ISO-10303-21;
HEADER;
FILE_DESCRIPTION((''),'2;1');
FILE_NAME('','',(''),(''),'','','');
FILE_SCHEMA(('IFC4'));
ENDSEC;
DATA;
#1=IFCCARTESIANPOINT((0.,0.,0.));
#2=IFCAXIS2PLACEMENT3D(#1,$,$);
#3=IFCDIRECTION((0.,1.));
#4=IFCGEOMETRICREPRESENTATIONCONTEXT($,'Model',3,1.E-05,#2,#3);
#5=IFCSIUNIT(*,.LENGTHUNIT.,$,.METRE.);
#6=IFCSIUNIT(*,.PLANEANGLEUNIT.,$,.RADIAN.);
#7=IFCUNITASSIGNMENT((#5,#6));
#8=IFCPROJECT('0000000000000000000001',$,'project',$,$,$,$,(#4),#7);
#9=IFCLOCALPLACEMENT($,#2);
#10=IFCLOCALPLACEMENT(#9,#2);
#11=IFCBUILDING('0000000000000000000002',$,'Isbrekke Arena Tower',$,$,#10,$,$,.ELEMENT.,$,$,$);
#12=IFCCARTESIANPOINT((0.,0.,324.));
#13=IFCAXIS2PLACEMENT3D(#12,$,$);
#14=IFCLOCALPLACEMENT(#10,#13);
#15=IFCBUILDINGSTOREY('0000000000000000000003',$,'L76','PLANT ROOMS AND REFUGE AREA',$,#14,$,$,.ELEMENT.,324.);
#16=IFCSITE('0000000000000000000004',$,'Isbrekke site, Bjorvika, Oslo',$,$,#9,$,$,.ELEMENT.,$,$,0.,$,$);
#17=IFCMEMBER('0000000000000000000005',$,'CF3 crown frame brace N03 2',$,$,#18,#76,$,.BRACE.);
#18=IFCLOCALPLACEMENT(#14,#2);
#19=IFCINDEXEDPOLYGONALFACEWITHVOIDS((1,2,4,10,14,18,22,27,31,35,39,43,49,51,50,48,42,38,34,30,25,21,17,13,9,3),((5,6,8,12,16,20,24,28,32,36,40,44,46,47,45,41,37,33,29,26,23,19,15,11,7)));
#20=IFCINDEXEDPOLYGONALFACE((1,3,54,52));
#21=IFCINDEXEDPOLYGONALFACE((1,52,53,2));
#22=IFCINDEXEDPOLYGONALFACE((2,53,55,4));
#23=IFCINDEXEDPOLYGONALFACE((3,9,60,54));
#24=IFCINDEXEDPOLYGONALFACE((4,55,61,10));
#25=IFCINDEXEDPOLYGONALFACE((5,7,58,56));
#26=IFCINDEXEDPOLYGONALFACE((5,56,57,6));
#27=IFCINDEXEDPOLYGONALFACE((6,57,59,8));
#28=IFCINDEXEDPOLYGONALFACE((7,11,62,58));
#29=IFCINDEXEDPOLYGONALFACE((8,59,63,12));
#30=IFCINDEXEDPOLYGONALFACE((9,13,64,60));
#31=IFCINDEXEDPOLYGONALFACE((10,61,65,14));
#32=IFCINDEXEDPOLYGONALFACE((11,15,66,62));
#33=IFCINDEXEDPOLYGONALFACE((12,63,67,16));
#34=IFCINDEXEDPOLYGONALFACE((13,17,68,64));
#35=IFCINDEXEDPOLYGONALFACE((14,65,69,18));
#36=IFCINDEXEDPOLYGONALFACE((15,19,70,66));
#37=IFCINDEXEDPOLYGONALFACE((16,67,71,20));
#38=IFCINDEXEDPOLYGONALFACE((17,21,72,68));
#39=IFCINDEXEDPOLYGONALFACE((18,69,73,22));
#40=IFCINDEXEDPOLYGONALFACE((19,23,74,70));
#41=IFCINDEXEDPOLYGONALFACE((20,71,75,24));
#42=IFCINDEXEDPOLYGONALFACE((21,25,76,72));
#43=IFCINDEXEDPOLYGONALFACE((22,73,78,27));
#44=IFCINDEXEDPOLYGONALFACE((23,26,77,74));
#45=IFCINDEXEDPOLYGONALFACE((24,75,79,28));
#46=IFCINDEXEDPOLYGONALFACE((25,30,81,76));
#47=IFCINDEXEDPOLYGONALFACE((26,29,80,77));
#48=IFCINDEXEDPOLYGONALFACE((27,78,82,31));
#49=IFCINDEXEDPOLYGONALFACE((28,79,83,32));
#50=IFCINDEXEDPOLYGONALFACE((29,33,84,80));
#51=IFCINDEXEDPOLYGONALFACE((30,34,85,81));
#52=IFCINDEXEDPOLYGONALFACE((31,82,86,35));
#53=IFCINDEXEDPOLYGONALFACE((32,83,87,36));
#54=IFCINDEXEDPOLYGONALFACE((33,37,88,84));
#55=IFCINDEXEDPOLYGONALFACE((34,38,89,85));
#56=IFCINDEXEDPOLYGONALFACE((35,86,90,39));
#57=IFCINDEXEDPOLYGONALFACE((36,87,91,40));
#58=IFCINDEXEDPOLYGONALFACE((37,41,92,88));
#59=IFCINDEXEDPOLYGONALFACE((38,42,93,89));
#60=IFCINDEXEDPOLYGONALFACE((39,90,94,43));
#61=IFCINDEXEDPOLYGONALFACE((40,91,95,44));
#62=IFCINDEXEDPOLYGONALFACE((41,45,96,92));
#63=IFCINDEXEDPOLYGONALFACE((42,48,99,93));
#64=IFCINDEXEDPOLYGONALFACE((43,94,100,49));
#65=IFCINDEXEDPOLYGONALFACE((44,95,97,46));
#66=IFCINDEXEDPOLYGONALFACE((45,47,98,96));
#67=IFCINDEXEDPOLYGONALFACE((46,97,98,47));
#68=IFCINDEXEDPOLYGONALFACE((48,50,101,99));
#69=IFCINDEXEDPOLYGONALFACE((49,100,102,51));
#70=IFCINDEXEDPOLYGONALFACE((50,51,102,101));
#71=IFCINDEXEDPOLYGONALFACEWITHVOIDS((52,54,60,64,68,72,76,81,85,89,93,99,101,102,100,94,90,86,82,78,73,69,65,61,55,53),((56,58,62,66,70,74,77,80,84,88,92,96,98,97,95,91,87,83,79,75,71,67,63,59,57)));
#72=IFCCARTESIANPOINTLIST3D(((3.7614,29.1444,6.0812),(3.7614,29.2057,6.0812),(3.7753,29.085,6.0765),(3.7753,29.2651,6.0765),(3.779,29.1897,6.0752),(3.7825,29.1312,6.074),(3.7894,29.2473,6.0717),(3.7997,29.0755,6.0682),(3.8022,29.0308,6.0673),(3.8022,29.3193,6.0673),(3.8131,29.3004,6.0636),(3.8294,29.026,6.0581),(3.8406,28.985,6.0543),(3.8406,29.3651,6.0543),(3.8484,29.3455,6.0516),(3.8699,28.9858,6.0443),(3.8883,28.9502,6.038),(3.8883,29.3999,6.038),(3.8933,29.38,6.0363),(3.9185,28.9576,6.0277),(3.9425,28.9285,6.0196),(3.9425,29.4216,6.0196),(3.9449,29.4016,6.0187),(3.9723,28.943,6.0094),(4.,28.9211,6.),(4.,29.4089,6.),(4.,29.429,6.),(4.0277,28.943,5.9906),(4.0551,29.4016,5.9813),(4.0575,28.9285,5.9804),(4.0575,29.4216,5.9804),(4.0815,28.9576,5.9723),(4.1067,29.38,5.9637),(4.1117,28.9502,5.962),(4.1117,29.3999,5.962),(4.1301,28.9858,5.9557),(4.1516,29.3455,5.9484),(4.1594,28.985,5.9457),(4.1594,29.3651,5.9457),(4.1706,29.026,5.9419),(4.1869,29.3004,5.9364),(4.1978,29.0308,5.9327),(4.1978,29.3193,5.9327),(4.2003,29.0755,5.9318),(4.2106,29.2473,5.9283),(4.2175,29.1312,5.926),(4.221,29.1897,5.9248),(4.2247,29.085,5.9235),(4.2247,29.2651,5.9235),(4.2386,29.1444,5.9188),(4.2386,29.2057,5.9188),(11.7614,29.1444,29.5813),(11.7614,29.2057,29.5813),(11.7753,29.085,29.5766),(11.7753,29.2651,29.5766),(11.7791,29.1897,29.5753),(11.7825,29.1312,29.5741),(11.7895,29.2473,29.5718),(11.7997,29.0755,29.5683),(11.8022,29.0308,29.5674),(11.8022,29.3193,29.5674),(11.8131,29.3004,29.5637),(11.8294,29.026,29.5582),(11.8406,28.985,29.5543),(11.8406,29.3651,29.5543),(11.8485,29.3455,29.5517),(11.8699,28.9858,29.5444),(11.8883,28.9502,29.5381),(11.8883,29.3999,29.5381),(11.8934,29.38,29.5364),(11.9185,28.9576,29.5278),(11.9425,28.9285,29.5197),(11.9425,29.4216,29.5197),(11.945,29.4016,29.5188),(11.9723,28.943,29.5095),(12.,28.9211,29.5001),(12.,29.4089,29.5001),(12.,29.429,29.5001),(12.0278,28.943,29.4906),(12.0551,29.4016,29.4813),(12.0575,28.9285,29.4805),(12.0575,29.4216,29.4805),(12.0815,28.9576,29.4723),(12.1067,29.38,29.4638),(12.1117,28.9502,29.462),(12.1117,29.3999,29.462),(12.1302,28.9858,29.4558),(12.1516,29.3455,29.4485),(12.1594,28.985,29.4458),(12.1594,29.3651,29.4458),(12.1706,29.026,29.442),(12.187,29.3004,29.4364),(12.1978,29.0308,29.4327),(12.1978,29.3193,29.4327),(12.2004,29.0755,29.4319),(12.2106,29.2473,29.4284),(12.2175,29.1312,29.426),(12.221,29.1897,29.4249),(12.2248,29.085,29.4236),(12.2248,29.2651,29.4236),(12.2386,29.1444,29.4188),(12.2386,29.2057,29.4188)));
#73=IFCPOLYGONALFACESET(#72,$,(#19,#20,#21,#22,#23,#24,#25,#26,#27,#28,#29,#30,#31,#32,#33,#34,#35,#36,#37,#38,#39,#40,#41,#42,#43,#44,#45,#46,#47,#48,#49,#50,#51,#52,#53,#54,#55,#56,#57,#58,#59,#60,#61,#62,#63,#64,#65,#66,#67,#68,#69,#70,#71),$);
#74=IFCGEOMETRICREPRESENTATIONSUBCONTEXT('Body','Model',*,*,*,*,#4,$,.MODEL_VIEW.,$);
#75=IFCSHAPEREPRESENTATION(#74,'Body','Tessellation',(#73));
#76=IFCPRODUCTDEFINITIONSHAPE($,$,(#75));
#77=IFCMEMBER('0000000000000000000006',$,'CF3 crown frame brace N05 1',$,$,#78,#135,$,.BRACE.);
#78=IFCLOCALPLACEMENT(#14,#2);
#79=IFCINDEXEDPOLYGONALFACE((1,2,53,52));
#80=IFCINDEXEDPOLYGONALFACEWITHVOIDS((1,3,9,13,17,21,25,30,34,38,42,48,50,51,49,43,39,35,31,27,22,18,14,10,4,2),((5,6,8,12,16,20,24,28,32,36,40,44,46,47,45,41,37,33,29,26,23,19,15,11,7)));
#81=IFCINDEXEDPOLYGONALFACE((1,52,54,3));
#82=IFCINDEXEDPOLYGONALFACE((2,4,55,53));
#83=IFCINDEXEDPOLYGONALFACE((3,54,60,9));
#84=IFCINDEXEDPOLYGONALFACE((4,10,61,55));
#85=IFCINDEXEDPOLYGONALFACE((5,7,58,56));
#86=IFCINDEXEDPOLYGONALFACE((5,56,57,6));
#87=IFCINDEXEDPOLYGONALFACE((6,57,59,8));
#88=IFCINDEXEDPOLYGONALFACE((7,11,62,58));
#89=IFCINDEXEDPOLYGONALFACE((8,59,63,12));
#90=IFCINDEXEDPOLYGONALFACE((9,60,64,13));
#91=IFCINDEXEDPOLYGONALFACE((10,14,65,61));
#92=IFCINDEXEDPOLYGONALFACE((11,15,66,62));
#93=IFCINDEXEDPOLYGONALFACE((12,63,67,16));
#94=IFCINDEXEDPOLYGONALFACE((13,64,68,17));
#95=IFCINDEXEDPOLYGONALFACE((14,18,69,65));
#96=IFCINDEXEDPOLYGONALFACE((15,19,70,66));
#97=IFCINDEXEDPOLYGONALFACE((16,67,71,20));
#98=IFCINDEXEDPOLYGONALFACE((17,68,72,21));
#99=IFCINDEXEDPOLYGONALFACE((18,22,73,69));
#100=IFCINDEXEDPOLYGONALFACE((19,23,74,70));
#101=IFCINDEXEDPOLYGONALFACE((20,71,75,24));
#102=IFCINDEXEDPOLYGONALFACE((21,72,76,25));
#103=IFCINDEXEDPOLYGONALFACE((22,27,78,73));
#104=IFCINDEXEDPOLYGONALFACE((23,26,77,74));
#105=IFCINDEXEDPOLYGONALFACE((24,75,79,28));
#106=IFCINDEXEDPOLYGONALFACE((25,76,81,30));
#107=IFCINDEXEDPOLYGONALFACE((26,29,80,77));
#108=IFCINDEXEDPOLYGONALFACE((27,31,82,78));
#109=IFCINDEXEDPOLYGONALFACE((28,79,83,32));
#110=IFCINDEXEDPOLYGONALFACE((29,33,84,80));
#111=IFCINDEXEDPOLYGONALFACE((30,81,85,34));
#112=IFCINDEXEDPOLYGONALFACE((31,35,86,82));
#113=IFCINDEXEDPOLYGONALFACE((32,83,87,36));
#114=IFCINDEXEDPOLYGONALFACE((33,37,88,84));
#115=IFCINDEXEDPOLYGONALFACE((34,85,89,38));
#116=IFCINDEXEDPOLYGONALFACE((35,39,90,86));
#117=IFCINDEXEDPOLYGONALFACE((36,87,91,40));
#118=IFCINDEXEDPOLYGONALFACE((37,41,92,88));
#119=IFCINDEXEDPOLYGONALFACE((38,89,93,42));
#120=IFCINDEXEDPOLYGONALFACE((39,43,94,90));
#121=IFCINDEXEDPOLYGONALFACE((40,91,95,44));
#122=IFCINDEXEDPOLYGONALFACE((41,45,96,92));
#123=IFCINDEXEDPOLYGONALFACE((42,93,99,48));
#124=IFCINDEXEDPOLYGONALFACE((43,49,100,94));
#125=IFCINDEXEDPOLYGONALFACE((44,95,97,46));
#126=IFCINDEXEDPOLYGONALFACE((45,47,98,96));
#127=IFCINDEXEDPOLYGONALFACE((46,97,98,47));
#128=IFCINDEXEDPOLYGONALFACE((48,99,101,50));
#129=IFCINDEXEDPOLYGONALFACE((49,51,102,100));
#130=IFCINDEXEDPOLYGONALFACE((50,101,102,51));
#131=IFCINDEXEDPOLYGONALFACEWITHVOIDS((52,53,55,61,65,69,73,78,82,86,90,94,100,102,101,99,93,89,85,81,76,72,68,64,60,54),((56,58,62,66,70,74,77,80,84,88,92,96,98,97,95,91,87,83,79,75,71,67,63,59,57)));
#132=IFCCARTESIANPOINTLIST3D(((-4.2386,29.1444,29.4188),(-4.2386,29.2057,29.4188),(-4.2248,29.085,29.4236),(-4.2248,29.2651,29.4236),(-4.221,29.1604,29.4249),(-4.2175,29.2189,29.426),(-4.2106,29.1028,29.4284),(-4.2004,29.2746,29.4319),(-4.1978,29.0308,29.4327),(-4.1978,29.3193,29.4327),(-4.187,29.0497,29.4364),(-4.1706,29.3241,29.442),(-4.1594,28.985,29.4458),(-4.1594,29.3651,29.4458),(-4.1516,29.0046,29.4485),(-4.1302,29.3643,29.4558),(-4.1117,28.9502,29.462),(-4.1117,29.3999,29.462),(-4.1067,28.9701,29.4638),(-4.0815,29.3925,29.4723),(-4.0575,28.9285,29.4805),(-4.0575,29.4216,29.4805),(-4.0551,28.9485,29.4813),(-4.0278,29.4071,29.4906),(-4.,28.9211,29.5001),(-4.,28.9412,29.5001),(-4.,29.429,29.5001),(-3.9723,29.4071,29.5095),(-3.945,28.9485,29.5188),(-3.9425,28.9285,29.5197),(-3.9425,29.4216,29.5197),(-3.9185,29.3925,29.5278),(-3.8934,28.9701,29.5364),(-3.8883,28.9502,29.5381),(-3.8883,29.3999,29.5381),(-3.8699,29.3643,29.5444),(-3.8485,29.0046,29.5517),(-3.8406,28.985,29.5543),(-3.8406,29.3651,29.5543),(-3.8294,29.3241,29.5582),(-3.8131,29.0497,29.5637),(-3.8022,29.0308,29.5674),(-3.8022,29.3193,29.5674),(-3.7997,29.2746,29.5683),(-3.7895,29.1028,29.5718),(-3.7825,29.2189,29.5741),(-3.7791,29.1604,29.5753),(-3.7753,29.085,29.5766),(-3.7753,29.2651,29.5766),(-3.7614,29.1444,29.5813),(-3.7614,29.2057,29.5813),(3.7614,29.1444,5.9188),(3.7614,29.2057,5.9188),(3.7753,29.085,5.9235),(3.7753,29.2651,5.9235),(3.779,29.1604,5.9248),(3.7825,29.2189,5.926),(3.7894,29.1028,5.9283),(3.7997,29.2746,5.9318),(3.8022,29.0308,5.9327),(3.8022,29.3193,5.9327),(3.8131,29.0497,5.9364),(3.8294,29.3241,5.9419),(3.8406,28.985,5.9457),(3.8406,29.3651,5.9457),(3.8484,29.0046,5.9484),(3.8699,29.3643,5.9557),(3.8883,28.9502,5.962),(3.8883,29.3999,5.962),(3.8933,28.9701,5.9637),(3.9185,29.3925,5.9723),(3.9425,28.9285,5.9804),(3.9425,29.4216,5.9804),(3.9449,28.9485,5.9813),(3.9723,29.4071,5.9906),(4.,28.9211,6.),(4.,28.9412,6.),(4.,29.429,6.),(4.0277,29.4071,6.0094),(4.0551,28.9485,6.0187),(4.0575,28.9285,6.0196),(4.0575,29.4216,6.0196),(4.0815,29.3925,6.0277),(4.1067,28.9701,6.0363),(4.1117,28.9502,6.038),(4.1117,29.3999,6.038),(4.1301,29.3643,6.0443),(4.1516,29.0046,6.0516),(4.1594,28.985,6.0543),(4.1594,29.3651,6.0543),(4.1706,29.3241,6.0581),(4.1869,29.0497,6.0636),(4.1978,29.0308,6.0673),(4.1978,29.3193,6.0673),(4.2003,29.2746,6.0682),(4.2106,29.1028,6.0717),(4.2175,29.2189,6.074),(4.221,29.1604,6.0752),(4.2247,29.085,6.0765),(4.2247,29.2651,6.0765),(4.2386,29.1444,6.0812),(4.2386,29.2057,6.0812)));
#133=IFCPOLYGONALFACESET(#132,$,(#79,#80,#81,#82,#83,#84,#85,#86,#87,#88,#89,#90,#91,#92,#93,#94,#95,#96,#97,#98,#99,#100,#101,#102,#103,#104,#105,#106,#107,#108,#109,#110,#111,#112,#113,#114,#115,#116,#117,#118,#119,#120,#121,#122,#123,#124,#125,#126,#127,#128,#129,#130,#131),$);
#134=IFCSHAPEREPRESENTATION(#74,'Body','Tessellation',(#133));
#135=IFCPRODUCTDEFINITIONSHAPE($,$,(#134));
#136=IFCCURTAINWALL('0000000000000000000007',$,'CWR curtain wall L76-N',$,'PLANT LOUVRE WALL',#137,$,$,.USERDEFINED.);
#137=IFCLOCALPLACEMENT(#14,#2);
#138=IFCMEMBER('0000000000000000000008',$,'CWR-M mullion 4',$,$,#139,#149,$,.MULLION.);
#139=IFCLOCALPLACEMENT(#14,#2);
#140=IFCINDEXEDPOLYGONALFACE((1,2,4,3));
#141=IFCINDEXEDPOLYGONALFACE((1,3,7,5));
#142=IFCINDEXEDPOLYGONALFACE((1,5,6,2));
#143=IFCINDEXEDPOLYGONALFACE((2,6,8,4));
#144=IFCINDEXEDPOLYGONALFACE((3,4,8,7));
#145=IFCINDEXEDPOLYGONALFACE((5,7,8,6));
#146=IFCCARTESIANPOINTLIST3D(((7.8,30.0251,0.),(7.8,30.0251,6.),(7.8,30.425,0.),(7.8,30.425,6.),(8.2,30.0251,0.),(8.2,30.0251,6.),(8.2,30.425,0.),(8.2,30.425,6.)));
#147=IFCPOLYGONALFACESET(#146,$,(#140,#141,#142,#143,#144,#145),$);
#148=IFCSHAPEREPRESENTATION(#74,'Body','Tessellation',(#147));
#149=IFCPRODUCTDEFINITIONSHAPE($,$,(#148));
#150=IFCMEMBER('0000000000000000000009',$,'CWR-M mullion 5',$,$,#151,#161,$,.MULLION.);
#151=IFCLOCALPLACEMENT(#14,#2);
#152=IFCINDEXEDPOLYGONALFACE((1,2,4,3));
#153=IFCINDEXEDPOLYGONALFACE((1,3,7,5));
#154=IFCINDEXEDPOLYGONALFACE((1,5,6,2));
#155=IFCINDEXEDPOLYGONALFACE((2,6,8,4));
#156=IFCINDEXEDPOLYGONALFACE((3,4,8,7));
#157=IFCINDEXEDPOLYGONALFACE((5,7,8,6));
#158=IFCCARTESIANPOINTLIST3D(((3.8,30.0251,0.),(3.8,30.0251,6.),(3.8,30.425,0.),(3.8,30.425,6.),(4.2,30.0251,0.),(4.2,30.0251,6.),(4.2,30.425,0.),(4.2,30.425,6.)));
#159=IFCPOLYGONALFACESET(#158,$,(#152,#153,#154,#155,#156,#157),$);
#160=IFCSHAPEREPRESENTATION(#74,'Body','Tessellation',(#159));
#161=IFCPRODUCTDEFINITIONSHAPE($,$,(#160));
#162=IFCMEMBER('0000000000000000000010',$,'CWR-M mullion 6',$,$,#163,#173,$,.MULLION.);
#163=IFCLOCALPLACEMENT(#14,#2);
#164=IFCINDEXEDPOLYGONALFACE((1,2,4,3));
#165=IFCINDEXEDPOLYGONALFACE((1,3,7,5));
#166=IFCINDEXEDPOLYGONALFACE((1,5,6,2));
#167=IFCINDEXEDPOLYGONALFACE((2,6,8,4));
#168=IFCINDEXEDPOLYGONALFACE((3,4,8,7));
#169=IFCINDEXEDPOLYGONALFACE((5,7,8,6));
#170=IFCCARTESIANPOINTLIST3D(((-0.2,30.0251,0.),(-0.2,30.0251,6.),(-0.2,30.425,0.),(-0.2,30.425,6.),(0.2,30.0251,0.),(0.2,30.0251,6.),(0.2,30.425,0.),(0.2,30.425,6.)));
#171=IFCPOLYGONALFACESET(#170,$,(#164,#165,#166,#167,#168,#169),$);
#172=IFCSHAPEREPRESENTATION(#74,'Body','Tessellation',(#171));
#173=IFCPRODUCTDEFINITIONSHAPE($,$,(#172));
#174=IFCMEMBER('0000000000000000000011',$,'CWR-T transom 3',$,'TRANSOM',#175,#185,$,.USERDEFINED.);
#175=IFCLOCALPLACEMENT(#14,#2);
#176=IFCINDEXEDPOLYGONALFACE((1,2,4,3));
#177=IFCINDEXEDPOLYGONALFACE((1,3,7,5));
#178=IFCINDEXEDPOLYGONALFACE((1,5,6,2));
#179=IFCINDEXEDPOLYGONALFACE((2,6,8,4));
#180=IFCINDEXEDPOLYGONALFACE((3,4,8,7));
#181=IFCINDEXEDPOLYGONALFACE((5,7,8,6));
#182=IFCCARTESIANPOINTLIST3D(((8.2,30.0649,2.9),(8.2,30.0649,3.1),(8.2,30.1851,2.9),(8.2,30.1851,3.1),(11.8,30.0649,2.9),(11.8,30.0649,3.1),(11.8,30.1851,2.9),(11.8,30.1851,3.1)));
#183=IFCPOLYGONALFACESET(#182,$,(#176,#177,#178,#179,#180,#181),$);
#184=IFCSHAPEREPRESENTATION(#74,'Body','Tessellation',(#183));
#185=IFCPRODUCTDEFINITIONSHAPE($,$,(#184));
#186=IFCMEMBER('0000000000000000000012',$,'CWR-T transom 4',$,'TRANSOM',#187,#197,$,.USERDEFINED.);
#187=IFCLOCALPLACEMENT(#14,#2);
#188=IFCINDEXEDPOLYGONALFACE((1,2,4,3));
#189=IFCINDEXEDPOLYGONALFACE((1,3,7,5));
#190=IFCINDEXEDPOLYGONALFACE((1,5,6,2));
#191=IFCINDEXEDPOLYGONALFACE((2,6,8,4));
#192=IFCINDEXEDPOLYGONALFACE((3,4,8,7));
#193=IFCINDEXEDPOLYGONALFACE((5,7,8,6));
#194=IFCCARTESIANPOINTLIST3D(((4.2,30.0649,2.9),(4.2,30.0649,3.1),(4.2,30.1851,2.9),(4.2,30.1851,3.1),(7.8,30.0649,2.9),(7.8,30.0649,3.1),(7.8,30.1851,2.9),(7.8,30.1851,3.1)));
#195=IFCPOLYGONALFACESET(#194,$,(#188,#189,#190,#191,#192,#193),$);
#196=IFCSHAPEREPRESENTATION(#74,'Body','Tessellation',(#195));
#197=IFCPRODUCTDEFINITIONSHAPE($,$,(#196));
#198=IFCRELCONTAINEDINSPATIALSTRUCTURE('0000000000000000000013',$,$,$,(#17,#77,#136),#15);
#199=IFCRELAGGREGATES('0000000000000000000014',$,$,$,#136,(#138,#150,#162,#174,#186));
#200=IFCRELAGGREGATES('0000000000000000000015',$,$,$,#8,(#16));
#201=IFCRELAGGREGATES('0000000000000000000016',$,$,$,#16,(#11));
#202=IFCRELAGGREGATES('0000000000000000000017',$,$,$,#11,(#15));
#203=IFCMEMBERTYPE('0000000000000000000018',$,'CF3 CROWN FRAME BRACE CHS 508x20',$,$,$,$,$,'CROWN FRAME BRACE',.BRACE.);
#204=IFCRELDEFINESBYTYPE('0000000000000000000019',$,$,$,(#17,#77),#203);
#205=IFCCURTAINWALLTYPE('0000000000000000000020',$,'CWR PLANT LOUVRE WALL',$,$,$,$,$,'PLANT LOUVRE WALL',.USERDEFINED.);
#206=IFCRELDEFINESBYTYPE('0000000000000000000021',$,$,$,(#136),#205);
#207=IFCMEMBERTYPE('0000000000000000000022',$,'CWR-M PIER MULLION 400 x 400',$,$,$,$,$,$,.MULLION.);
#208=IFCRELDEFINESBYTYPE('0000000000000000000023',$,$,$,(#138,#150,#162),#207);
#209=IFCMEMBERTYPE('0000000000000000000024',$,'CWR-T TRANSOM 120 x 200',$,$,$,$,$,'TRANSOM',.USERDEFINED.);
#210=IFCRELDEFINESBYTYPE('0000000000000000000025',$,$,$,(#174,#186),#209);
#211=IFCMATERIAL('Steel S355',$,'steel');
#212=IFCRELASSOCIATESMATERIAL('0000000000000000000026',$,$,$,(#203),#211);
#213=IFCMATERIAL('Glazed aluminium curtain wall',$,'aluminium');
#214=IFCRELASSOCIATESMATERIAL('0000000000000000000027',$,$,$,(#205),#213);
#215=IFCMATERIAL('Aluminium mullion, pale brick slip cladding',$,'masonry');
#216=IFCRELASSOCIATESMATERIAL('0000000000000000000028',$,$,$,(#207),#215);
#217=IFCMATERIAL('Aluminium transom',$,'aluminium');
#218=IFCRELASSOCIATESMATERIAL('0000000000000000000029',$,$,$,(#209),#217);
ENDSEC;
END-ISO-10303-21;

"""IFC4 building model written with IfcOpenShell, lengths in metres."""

from ifc_helpers import new_model, si_unit, direction, frame, origin, origin_2d, place, context, subcontext, project, spatial, rectangle, hollow_circle, extrude, material, material_profile, profile_set, type_object, element, aggregate, save


model = new_model("IFC4")

# Units and contexts
model_context = context("Model", 3, precision=1e-05, world=origin(), true_north=direction((0.0, 1.0)))
body_context = subcontext(model_context, "Body", "Model", "MODEL_VIEW")
ifc_project = project(units=[si_unit("LENGTHUNIT", "METRE"), si_unit("PLANEANGLEUNIT", "RADIAN")], contexts=[model_context])

# Site, building, storey
site_placement = place(None, origin())
site = spatial("IfcSite", under=ifc_project, at=site_placement, Name="Isbrekke site, Bjorvika, Oslo", CompositionType="ELEMENT", RefElevation=0.0)
building_placement = place(site_placement, origin())
building = spatial("IfcBuilding", under=site, at=building_placement, Name="Isbrekke Arena Tower", CompositionType="ELEMENT")
storey_placement = place(building_placement, frame((0.0, 0.0, 324.0)))
storey = spatial("IfcBuildingStorey", under=building, at=storey_placement, Name="L76", Description="PLANT ROOMS AND REFUGE AREA", CompositionType="ELEMENT", Elevation=324.0)

# Members
ifc_material_1 = material(Name="Steel S355", Category="steel")
ifc_material_profile_1 = material_profile(ifc_material_1, hollow_circle(Radius=0.2539, WallThickness=0.02, at=origin_2d()), Name="CHS 508x20")
ifc_profile_set_1 = profile_set([ifc_material_profile_1], Name="Steel S355")
member_type_1 = type_object("IfcMemberType", Name="CF3 CROWN FRAME BRACE CHS 508x20", ElementType="CROWN FRAME BRACE", PredefinedType="BRACE", material=ifc_profile_set_1)
for number, where, z_axis, x_axis, name in (
    (1, (4.0, 29.175, 6.0), (0.322264, 0.0, 0.94665), (0.0, 1.0, 0.0), "CF3 crown frame brace N03 2"),
    (2, (4.0, 29.175, 6.0), (-0.322264, 0.0, 0.94665), (0.0, -1.0, 0.0), "CF3 crown frame brace N05 1"),
):
    element("IfcMember", number, at=place(storey_placement, frame(where, z_axis=z_axis, x_axis=x_axis)), inside=storey, type_object=member_type_1, Name=name, PredefinedType="BRACE", context=body_context, shape_type="SweptSolid", body=[
        extrude(hollow_circle(Radius=0.2539, WallThickness=0.02, at=origin_2d()), origin(), (0.0, 0.0, 1.0), 24.8245),
    ])

# Curtain wall, members
ifc_material_2 = material(Name="Glazed aluminium curtain wall", Category="aluminium")
curtain_wall_type = type_object("IfcCurtainWallType", Name="CWR PLANT LOUVRE WALL", ElementType="PLANT LOUVRE WALL", PredefinedType="USERDEFINED", material=ifc_material_2)
curtain_wall_placement = place(storey_placement, origin())
curtain_wall = element("IfcCurtainWall", 3, at=curtain_wall_placement, inside=storey, type_object=curtain_wall_type, Name="CWR curtain wall L76-N", ObjectType="PLANT LOUVRE WALL", PredefinedType="USERDEFINED")
ifc_material_3 = material(Name="Aluminium mullion, pale brick slip cladding", Category="masonry")
ifc_material_profile_2 = material_profile(ifc_material_3, rectangle(XDim=0.3999, YDim=0.3999, at=origin_2d()), Name="PIER 400X400")
ifc_profile_set_2 = profile_set([ifc_material_profile_2], Name="Aluminium mullion, pale brick slip cladding")
member_type_2 = type_object("IfcMemberType", Name="CWR-M PIER MULLION 400 x 400", PredefinedType="MULLION", material=ifc_profile_set_2)
member_1_placement = place(storey_placement, frame((8.0, 30.2251, 0.0), z_axis=(0.0, 0.0, 1.0), x_axis=(-1.0, 0.0, 0.0)))
member_1 = element("IfcMember", 4, at=member_1_placement, type_object=member_type_2, Name="CWR-M mullion 4", PredefinedType="MULLION", context=body_context, shape_type="SweptSolid", body=[
    extrude(rectangle(XDim=0.3999, YDim=0.3999, at=origin_2d()), origin(), (0.0, 0.0, 1.0), 6.0),
])
member_2_placement = place(storey_placement, frame((4.0, 30.2251, 0.0), z_axis=(0.0, 0.0, 1.0), x_axis=(-1.0, 0.0, 0.0)))
member_2 = element("IfcMember", 5, at=member_2_placement, type_object=member_type_2, Name="CWR-M mullion 5", PredefinedType="MULLION", context=body_context, shape_type="SweptSolid", body=[
    extrude(rectangle(XDim=0.3999, YDim=0.3999, at=origin_2d()), origin(), (0.0, 0.0, 1.0), 6.0),
])
member_3_placement = place(storey_placement, frame((0.0, 30.2251, 0.0), z_axis=(0.0, 0.0, 1.0), x_axis=(-1.0, 0.0, 0.0)))
member_3 = element("IfcMember", 6, at=member_3_placement, type_object=member_type_2, Name="CWR-M mullion 6", PredefinedType="MULLION", context=body_context, shape_type="SweptSolid", body=[
    extrude(rectangle(XDim=0.3999, YDim=0.3999, at=origin_2d()), origin(), (0.0, 0.0, 1.0), 6.0),
])
ifc_material_4 = material(Name="Aluminium transom", Category="aluminium")
ifc_material_profile_3 = material_profile(ifc_material_4, rectangle(XDim=0.1201, YDim=0.2, at=origin_2d()), Name="TRANSOM 120X200")
ifc_profile_set_3 = profile_set([ifc_material_profile_3], Name="Aluminium transom")
member_type_3 = type_object("IfcMemberType", Name="CWR-T TRANSOM 120 x 200", ElementType="TRANSOM", PredefinedType="USERDEFINED", material=ifc_profile_set_3)
member_4_placement = place(storey_placement, frame((11.8, 30.125, 3.0), z_axis=(-1.0, 0.0, 0.0), x_axis=(0.0, -1.0, 0.0)))
member_4 = element("IfcMember", 7, at=member_4_placement, type_object=member_type_3, Name="CWR-T transom 3", ObjectType="TRANSOM", PredefinedType="USERDEFINED", context=body_context, shape_type="SweptSolid", body=[
    extrude(rectangle(XDim=0.1201, YDim=0.2, at=origin_2d()), origin(), (0.0, 0.0, 1.0), 3.6001),
])
member_5_placement = place(storey_placement, frame((7.8, 30.125, 3.0), z_axis=(-1.0, 0.0, 0.0), x_axis=(0.0, -1.0, 0.0)))
member_5 = element("IfcMember", 8, at=member_5_placement, type_object=member_type_3, Name="CWR-T transom 4", ObjectType="TRANSOM", PredefinedType="USERDEFINED", context=body_context, shape_type="SweptSolid", body=[
    extrude(rectangle(XDim=0.1201, YDim=0.2, at=origin_2d()), origin(), (0.0, 0.0, 1.0), 3.6001),
])

aggregate(curtain_wall, [member_1, member_2, member_3, member_4, member_5])

save(model, "model.ifc")
